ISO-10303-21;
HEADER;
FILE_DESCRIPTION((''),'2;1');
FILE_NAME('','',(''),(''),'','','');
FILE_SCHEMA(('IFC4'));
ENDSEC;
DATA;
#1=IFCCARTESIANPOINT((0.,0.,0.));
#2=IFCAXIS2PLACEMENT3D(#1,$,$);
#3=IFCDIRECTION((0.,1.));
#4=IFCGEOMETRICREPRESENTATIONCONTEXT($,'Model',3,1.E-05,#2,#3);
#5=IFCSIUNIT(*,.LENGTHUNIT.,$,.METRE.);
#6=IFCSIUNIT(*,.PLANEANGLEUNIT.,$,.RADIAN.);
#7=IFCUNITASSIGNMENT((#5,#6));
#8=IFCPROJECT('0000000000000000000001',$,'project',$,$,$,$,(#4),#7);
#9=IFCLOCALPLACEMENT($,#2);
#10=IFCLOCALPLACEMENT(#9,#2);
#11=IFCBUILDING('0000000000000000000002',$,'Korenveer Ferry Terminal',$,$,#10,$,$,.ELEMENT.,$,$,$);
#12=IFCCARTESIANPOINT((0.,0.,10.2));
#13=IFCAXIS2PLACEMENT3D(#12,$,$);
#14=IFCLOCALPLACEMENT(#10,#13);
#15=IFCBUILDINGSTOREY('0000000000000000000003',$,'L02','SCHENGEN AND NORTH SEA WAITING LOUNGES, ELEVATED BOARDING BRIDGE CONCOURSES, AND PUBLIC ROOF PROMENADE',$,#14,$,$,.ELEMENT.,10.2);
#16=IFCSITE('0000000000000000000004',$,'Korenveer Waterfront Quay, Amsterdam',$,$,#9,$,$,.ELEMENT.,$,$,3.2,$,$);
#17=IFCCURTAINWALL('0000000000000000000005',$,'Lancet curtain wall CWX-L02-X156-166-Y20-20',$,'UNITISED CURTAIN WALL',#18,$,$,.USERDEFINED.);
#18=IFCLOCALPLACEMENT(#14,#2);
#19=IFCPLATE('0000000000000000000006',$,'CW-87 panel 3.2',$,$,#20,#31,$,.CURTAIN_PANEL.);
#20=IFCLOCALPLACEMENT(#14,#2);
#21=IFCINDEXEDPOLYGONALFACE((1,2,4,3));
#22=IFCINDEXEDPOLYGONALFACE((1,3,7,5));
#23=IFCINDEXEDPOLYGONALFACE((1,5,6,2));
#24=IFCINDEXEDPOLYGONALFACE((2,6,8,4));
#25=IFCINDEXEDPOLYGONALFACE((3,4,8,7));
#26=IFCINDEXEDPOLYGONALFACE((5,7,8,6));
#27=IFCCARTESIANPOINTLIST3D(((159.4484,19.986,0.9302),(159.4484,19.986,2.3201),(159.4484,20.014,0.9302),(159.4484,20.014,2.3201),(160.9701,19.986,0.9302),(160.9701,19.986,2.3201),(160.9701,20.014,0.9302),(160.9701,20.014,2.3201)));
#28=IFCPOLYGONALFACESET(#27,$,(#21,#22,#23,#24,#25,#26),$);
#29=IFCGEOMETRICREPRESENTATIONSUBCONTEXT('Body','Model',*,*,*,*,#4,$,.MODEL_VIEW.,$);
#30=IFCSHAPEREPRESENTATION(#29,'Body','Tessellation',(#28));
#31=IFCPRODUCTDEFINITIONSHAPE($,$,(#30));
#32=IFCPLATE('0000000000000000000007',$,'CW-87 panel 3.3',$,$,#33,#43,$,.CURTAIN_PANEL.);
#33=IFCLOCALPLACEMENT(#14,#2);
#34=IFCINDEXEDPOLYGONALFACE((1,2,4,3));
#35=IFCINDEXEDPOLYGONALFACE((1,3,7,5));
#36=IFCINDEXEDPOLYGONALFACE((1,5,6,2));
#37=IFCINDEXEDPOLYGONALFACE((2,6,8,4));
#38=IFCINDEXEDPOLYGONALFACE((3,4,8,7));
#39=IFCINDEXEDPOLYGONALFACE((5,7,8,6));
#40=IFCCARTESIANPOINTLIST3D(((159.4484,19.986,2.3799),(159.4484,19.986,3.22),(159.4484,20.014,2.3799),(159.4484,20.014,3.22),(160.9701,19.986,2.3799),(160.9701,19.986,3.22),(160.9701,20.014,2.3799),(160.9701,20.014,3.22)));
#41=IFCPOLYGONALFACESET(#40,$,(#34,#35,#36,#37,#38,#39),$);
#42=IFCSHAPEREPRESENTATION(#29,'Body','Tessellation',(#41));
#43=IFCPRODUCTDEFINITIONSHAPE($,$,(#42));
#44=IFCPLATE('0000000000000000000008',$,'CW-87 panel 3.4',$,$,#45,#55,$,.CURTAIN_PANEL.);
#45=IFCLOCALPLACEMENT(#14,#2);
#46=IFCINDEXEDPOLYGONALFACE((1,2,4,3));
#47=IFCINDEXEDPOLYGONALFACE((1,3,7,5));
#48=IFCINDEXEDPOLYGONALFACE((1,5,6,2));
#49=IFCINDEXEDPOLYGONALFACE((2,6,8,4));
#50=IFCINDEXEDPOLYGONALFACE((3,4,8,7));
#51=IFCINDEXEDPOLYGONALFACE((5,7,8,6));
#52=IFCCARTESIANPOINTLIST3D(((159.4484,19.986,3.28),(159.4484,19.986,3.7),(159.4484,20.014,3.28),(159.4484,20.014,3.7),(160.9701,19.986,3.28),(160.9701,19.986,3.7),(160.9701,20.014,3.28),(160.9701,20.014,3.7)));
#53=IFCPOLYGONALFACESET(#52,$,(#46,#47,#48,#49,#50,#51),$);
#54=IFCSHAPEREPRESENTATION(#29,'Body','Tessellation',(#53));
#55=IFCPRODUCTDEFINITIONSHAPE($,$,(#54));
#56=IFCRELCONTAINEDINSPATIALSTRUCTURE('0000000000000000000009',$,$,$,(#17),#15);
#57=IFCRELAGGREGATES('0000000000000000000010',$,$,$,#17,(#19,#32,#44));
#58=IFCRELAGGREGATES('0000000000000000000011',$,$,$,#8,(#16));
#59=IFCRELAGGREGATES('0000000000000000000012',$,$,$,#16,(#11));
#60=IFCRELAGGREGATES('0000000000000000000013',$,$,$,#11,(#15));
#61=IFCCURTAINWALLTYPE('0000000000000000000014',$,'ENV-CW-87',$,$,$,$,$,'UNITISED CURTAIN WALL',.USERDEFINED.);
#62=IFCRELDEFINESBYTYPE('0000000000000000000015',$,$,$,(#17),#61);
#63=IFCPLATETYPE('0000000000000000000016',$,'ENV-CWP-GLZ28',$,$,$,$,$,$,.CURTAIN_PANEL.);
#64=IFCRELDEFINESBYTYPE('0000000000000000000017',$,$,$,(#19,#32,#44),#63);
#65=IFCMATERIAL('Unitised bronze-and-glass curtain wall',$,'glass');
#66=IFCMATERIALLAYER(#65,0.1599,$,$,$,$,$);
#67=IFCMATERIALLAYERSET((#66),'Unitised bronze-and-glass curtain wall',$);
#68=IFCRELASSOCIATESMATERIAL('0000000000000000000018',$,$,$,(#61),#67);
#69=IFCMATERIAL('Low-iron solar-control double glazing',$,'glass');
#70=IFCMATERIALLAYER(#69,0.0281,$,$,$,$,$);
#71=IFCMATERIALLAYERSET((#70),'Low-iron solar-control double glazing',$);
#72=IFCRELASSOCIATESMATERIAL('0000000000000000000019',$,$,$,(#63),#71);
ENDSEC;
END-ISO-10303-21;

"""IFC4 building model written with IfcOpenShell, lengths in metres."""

from ifc_helpers import new_model, si_unit, direction, frame, origin, origin_2d, place, context, subcontext, project, spatial, rectangle, extrude, material, layer, layer_set, type_object, element, aggregate, save


model = new_model("IFC4")

# Units and contexts
model_context = context("Model", 3, precision=1e-05, world=origin(), true_north=direction((0.0, 1.0)))
body_context = subcontext(model_context, "Body", "Model", "MODEL_VIEW")
ifc_project = project(units=[si_unit("LENGTHUNIT", "METRE"), si_unit("PLANEANGLEUNIT", "RADIAN")], contexts=[model_context])

# Site, building, storey
site_placement = place(None, origin())
site = spatial("IfcSite", under=ifc_project, at=site_placement, Name="Korenveer Waterfront Quay, Amsterdam", CompositionType="ELEMENT", RefElevation=3.2)
building_placement = place(site_placement, origin())
building = spatial("IfcBuilding", under=site, at=building_placement, Name="Korenveer Ferry Terminal", CompositionType="ELEMENT")
storey_placement = place(building_placement, frame((0.0, 0.0, 10.2)))
storey = spatial("IfcBuildingStorey", under=building, at=storey_placement, Name="L02", Description="SCHENGEN AND NORTH SEA WAITING LOUNGES, ELEVATED BOARDING BRIDGE CONCOURSES, AND PUBLIC ROOF PROMENADE", CompositionType="ELEMENT", Elevation=10.2)

# Curtain wall, plates
ifc_material_1 = material(Name="Unitised bronze-and-glass curtain wall", Category="glass")
ifc_layer_1 = layer(ifc_material_1, 0.1599)
ifc_layer_set_1 = layer_set([ifc_layer_1], Name="Unitised bronze-and-glass curtain wall")
curtain_wall_type = type_object("IfcCurtainWallType", Name="ENV-CW-87", ElementType="UNITISED CURTAIN WALL", PredefinedType="USERDEFINED", material=ifc_layer_set_1)
curtain_wall_placement = place(storey_placement, frame((156.2549, 20.0, 0.0)))
curtain_wall = element("IfcCurtainWall", 1, at=curtain_wall_placement, inside=storey, type_object=curtain_wall_type, Name="Lancet curtain wall CWX-L02-X156-166-Y20-20", ObjectType="UNITISED CURTAIN WALL", PredefinedType="USERDEFINED")
ifc_material_2 = material(Name="Low-iron solar-control double glazing", Category="glass")
ifc_layer_2 = layer(ifc_material_2, 0.0281)
ifc_layer_set_2 = layer_set([ifc_layer_2], Name="Low-iron solar-control double glazing")
plate_type = type_object("IfcPlateType", Name="ENV-CWP-GLZ28", PredefinedType="CURTAIN_PANEL", material=ifc_layer_set_2)
plate_1_placement = place(storey_placement, frame((160.2092, 20.0, 0.9302), z_axis=(0.0, 0.0, 1.0), x_axis=(1.0, 0.0, 0.0)))
plate_1 = element("IfcPlate", 2, at=plate_1_placement, type_object=plate_type, Name="CW-87 panel 3.2", PredefinedType="CURTAIN_PANEL", context=body_context, shape_type="SweptSolid", body=[
    extrude(rectangle(XDim=1.5217, YDim=0.0281, at=origin_2d()), origin(), (0.0, 0.0, 1.0), 1.3899),
])
plate_2_placement = place(storey_placement, frame((160.2092, 20.0, 2.3799), z_axis=(0.0, 0.0, 1.0), x_axis=(1.0, 0.0, 0.0)))
plate_2 = element("IfcPlate", 3, at=plate_2_placement, type_object=plate_type, Name="CW-87 panel 3.3", PredefinedType="CURTAIN_PANEL", context=body_context, shape_type="SweptSolid", body=[
    extrude(rectangle(XDim=1.5217, YDim=0.0281, at=origin_2d()), origin(), (0.0, 0.0, 1.0), 0.8401),
])
plate_3_placement = place(storey_placement, frame((160.2092, 20.0, 3.28), z_axis=(0.0, 0.0, 1.0), x_axis=(1.0, 0.0, 0.0)))
plate_3 = element("IfcPlate", 4, at=plate_3_placement, type_object=plate_type, Name="CW-87 panel 3.4", PredefinedType="CURTAIN_PANEL", context=body_context, shape_type="SweptSolid", body=[
    extrude(rectangle(XDim=1.5217, YDim=0.0281, at=origin_2d()), origin(), (0.0, 0.0, 1.0), 0.4199),
])
aggregate(curtain_wall, [plate_1, plate_2, plate_3])

save(model, "model.ifc")
